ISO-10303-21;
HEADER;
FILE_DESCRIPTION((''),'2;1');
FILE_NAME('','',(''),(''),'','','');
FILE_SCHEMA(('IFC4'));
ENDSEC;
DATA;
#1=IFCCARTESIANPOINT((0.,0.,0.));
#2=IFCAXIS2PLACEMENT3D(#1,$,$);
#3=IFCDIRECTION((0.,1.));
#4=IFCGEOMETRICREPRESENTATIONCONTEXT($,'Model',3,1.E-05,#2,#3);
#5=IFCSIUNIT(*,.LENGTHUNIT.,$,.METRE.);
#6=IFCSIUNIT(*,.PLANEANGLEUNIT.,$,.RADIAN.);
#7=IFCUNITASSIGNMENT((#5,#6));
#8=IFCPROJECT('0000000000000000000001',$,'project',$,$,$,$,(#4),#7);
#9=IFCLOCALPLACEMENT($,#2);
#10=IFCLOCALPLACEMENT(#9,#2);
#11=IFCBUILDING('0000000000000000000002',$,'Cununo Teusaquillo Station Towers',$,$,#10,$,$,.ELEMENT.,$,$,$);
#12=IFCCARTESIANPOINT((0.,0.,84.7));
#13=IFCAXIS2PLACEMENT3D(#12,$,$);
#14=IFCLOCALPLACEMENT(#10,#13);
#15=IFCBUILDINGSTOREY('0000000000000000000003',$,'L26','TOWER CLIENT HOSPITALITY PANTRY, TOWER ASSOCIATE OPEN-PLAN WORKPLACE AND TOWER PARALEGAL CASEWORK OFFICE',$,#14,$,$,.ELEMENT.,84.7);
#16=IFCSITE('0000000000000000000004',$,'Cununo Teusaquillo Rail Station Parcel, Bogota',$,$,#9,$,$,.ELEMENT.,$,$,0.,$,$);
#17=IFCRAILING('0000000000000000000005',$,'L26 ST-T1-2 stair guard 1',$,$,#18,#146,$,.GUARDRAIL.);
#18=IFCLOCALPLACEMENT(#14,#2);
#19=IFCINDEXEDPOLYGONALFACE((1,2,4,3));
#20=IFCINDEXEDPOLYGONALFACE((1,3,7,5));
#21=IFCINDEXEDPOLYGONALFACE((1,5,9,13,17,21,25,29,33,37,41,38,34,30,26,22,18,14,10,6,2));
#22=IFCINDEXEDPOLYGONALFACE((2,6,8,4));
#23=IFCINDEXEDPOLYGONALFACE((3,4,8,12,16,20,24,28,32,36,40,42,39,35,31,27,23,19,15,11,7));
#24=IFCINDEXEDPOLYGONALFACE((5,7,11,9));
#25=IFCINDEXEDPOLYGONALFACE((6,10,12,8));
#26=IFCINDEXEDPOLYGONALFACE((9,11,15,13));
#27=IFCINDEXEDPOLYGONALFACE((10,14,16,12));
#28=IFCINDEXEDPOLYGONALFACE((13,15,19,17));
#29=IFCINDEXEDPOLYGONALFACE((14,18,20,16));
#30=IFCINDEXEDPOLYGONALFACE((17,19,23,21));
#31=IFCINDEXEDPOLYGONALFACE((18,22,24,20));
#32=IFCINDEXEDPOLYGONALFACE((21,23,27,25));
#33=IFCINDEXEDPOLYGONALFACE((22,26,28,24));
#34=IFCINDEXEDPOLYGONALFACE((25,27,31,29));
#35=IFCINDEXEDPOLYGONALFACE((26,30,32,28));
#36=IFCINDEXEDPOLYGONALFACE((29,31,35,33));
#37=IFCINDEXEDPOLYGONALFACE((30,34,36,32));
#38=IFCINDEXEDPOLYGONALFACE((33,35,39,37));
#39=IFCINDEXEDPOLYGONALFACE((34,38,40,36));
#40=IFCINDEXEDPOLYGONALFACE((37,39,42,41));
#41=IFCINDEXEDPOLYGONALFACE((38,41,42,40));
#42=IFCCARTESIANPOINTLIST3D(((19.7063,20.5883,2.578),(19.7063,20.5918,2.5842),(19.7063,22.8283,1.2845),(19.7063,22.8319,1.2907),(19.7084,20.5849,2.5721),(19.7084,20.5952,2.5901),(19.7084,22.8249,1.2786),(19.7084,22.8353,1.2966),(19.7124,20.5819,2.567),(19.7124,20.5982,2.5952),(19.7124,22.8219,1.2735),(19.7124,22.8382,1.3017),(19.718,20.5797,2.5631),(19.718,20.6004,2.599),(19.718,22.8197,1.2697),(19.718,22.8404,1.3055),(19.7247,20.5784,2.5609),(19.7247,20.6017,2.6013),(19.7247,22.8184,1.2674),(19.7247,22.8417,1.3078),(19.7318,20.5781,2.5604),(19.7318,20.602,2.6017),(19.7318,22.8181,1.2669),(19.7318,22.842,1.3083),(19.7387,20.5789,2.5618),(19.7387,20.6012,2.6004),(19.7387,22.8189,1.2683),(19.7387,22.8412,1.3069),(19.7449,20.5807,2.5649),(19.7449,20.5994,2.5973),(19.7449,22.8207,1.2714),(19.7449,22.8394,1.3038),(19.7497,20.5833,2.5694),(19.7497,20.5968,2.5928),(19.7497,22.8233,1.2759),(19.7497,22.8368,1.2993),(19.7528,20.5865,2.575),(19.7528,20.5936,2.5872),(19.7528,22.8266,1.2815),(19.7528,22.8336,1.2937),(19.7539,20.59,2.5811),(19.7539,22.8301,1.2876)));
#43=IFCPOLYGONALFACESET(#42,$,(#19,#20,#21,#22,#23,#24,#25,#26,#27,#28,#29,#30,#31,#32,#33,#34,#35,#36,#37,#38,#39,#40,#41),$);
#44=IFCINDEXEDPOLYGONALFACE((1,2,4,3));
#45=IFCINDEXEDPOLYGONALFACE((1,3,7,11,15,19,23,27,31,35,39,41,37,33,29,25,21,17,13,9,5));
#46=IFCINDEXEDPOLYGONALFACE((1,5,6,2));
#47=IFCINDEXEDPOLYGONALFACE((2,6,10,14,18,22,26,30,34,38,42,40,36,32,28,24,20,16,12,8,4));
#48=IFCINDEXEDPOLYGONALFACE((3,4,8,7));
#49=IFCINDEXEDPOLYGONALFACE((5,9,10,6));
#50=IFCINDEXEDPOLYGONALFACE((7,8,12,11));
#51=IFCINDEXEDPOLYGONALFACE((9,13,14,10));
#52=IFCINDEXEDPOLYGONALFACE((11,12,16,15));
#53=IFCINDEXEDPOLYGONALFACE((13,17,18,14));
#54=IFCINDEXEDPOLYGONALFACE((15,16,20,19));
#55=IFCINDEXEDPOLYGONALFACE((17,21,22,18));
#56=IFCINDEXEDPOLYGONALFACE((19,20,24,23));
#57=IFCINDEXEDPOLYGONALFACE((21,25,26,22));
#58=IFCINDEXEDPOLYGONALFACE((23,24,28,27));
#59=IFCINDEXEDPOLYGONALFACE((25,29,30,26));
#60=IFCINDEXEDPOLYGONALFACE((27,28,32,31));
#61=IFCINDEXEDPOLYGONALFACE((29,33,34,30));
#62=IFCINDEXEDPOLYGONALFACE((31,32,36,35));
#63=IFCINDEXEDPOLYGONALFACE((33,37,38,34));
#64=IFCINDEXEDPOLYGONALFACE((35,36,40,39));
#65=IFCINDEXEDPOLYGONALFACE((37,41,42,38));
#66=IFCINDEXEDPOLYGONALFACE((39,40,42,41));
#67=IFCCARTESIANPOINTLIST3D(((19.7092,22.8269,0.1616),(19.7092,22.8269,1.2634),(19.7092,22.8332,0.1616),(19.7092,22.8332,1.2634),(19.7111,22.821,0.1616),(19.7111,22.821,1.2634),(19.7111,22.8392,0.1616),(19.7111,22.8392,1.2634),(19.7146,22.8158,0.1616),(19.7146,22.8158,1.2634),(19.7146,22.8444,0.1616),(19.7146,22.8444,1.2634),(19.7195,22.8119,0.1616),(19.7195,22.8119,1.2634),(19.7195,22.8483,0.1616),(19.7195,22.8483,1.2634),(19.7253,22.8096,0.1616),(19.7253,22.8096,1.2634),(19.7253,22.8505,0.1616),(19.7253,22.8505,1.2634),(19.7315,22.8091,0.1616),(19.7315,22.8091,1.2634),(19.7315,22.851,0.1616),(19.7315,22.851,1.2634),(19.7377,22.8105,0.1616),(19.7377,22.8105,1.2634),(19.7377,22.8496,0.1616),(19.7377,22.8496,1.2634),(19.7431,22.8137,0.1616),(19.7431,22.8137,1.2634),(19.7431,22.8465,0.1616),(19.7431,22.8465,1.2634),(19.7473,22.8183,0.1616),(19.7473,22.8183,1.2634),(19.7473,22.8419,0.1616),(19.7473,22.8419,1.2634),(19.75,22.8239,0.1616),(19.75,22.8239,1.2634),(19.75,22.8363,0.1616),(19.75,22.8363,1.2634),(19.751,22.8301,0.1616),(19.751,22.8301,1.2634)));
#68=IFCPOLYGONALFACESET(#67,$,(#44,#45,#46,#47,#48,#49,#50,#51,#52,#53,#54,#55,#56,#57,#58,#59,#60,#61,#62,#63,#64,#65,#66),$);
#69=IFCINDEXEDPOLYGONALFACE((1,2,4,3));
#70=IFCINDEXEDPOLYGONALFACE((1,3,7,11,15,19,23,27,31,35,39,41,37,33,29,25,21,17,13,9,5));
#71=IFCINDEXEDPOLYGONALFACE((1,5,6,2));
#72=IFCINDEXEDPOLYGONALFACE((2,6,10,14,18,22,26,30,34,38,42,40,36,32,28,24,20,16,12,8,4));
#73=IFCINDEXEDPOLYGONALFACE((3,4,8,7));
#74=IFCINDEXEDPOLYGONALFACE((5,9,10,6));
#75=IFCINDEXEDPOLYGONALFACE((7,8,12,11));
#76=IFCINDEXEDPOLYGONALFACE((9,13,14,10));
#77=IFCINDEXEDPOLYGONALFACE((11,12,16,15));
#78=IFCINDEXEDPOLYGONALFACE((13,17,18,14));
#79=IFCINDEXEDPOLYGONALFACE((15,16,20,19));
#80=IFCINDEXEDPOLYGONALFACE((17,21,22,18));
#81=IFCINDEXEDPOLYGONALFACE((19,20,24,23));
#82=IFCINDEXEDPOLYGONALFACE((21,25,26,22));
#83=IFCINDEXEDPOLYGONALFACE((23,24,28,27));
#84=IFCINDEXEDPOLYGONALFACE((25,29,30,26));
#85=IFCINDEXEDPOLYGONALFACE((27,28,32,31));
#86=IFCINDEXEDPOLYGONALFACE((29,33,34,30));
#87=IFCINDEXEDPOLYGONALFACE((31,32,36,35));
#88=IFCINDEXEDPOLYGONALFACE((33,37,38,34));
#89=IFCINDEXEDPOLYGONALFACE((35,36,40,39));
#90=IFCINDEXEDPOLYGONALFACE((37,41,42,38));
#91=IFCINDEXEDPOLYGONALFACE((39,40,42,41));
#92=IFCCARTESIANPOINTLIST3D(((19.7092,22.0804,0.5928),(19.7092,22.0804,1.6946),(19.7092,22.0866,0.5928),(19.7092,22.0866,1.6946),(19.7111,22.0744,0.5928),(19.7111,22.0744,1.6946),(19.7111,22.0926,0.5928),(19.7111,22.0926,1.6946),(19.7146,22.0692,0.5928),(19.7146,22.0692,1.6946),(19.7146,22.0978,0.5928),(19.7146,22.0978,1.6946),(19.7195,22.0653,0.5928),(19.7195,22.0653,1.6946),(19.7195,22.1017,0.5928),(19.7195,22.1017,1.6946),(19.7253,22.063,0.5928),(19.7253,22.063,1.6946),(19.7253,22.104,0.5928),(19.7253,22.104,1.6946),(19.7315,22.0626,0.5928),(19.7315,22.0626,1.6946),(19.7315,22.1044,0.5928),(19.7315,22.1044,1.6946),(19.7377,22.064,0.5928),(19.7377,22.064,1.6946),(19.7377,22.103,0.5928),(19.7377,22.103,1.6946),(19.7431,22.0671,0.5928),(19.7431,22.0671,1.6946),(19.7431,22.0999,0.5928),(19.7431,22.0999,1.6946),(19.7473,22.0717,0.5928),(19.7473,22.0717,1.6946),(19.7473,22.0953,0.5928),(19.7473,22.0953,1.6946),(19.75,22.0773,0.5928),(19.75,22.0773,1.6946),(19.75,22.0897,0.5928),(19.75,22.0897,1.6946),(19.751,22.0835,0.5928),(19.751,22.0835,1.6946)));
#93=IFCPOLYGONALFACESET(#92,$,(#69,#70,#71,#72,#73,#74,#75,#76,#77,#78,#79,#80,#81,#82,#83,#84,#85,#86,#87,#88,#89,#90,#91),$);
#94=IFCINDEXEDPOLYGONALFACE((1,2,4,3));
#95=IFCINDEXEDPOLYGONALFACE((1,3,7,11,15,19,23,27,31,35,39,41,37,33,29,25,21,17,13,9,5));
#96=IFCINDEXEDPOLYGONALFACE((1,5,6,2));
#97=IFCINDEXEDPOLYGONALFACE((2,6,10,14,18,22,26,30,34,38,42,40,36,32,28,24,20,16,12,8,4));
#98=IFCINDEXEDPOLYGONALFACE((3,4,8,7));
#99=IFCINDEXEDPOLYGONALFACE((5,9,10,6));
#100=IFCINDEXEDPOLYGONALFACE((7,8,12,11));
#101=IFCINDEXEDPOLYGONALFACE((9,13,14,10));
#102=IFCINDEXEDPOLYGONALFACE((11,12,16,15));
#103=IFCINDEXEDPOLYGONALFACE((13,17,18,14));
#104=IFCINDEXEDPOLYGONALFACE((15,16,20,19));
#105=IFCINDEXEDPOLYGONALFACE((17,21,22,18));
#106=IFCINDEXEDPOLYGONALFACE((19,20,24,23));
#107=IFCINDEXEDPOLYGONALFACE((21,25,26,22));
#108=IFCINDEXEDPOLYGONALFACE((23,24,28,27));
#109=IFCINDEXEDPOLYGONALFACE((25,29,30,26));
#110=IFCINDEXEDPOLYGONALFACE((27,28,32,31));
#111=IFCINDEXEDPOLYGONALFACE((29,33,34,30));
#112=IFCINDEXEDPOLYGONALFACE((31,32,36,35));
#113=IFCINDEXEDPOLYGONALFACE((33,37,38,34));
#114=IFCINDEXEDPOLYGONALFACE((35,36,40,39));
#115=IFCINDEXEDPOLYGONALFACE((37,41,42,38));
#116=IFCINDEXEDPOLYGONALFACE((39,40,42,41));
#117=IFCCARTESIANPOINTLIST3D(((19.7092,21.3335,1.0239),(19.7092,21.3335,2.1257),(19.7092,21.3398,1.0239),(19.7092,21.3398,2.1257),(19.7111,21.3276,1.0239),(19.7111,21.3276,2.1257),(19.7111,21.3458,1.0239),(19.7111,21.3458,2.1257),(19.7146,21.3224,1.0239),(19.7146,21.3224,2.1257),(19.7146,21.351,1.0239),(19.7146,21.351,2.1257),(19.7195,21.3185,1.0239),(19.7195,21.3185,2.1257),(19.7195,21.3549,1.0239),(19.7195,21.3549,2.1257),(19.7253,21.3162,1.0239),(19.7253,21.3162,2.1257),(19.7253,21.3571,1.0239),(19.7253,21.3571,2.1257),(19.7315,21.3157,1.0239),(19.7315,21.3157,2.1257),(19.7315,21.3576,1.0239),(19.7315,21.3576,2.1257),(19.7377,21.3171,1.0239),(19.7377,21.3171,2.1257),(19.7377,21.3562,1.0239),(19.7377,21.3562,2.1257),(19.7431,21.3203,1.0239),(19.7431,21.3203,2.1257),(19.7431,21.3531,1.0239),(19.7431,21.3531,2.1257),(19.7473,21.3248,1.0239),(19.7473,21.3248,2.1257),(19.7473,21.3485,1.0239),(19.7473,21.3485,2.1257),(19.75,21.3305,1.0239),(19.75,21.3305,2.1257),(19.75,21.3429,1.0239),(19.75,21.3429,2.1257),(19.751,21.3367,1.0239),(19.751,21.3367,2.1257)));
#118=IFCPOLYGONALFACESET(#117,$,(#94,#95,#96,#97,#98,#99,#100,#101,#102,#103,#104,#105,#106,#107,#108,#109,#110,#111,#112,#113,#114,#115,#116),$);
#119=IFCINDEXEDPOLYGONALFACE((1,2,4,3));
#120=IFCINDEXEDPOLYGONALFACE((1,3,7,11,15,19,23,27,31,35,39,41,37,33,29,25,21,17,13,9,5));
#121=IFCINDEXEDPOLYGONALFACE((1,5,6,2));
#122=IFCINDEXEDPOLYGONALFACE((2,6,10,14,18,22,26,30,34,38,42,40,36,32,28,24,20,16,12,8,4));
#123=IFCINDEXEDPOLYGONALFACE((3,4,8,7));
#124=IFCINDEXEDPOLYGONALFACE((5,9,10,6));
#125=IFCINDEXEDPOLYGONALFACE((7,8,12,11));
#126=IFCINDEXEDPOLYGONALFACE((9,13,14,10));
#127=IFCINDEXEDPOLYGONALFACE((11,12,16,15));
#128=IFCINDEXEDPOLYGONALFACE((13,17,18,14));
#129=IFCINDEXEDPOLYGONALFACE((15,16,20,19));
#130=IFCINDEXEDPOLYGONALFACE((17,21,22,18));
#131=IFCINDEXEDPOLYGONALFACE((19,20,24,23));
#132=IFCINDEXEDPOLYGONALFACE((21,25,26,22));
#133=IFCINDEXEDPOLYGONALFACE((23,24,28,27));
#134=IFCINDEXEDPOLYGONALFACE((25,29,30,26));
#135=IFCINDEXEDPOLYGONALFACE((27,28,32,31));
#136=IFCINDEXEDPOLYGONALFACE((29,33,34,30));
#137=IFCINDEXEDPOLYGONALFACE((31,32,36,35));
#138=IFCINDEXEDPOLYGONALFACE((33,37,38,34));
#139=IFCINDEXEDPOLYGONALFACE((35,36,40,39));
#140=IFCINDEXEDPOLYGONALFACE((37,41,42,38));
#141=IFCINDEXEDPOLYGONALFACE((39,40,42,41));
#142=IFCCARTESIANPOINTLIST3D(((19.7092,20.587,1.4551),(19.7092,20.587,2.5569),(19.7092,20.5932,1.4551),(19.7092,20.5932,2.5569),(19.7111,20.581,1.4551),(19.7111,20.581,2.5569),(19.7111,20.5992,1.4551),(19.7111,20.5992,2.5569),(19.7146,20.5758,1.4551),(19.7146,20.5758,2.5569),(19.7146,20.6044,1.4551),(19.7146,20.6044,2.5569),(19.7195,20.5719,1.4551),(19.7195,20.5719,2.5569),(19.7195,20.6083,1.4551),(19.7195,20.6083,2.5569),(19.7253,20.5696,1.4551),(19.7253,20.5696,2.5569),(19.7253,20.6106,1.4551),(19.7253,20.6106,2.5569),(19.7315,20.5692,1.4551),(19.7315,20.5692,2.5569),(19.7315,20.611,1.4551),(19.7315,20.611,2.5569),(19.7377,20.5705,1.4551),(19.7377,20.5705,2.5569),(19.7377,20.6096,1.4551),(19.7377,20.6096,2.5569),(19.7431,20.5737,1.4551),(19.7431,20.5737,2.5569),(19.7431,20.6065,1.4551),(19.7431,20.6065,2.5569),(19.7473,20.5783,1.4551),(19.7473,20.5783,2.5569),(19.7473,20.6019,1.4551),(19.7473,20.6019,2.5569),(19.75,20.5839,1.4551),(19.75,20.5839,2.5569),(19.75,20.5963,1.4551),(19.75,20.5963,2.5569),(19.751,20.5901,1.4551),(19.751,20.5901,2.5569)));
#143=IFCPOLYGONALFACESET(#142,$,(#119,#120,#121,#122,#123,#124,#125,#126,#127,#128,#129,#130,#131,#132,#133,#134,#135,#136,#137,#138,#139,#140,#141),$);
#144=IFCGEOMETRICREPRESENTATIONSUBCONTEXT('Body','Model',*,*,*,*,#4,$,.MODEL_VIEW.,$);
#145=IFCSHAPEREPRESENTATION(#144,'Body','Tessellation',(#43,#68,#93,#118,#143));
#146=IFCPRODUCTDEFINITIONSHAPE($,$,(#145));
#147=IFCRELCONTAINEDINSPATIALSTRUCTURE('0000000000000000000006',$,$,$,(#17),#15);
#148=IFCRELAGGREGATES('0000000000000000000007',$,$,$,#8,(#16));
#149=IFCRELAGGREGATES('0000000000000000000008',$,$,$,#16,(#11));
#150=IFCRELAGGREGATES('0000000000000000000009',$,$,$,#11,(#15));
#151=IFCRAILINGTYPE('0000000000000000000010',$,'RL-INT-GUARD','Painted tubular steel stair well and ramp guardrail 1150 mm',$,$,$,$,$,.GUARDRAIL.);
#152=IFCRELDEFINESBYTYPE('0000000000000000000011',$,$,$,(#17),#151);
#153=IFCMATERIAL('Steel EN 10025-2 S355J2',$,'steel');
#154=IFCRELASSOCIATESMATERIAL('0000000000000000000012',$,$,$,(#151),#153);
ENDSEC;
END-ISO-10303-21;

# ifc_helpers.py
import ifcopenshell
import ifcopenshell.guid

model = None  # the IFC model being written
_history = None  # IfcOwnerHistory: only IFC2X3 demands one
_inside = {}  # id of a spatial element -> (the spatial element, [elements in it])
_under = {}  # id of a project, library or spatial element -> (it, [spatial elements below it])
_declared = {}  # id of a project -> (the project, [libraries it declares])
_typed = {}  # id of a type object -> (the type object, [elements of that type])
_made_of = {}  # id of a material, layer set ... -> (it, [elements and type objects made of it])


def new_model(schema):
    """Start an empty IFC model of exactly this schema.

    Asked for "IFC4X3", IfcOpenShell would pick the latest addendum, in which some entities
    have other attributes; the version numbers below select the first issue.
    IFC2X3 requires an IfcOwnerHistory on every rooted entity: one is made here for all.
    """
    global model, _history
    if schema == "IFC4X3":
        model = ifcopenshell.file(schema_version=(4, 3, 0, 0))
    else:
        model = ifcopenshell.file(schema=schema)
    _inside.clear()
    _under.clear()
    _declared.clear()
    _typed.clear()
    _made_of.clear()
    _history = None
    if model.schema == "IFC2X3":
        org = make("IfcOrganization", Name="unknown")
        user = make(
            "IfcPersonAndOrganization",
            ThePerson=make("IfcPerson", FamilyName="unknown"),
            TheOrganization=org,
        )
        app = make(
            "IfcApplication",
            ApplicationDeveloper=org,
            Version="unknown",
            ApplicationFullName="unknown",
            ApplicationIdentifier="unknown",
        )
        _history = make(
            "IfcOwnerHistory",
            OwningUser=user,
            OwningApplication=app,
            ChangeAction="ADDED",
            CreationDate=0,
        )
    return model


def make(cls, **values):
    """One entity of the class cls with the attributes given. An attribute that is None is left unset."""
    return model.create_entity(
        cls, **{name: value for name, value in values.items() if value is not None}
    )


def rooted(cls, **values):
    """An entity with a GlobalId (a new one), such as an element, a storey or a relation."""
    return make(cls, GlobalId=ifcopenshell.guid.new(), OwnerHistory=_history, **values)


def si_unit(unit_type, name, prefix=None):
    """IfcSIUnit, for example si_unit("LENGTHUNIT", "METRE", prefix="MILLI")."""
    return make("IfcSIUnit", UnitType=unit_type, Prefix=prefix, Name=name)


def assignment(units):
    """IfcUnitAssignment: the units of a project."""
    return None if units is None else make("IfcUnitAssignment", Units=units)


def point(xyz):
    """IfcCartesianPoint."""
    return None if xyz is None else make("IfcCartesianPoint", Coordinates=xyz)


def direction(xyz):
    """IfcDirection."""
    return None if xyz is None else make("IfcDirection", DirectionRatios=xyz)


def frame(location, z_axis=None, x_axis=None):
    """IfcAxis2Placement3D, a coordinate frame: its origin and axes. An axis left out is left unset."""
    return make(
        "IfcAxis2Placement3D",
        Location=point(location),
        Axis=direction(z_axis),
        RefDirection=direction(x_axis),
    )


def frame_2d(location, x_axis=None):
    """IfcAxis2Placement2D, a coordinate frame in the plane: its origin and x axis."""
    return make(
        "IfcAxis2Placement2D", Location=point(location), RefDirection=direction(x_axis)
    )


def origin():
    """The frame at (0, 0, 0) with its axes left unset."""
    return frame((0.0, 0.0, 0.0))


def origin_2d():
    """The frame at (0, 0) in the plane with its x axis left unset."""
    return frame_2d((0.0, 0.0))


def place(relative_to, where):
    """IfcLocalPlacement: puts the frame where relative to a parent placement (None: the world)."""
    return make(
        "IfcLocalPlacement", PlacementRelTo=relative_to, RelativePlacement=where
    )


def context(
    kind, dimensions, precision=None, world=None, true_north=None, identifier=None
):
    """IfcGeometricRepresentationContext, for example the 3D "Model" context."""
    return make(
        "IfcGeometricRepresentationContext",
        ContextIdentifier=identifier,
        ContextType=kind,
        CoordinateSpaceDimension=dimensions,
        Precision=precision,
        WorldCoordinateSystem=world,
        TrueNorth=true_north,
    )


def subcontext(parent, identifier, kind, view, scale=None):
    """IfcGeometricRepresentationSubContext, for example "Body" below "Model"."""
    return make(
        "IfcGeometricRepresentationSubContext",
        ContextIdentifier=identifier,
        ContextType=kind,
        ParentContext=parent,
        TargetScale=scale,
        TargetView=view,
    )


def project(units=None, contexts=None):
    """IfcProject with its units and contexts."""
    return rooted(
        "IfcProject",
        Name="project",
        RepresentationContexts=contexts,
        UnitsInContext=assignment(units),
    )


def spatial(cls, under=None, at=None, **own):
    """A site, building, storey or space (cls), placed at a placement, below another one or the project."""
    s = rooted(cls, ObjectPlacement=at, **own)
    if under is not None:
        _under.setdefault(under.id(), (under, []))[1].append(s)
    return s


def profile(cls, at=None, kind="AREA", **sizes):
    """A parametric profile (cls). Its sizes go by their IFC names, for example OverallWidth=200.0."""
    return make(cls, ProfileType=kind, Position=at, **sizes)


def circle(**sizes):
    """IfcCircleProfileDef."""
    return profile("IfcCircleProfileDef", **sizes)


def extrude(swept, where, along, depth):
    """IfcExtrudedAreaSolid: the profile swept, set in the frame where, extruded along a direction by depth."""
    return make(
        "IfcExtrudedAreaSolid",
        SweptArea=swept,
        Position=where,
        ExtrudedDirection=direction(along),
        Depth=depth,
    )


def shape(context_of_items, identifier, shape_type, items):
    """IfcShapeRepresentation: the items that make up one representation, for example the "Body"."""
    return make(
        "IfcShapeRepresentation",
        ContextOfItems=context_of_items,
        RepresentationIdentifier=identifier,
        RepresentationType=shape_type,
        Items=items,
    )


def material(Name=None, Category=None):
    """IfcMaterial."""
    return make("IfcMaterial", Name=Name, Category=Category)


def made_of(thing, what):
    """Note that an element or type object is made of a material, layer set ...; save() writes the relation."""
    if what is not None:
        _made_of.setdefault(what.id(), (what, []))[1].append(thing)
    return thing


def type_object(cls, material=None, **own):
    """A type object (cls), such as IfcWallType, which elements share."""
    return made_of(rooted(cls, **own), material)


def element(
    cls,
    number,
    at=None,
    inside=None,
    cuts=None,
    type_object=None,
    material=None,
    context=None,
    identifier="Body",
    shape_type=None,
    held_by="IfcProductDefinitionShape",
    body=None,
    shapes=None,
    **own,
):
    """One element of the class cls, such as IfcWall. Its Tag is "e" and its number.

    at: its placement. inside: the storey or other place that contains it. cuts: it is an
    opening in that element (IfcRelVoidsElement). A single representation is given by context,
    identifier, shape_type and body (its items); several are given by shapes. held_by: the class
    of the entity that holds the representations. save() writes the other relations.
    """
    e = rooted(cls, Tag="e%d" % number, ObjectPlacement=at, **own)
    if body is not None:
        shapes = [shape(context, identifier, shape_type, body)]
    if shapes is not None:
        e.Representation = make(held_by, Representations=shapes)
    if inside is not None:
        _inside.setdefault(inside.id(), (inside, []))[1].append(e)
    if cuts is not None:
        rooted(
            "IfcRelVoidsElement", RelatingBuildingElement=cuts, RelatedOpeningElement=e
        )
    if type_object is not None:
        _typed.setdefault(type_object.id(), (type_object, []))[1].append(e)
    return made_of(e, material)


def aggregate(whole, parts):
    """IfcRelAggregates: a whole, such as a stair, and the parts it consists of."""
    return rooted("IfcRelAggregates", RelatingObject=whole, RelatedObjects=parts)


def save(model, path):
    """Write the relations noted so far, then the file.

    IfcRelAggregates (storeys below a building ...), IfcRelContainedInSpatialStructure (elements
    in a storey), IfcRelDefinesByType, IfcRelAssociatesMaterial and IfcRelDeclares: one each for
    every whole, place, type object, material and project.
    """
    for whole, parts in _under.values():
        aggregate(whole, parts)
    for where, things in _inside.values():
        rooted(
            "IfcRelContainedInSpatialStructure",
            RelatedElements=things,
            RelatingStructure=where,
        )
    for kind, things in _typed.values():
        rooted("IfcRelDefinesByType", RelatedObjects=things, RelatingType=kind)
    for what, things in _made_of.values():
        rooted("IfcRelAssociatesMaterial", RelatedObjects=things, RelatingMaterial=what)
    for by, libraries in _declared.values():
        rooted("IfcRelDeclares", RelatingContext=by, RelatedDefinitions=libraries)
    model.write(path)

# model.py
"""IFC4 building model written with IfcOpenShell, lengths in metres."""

from ifc_helpers import new_model, si_unit, direction, frame, origin, origin_2d, place, context, subcontext, project, spatial, circle, extrude, material, type_object, element, save


model = new_model("IFC4")

# Units and contexts
model_context = context("Model", 3, precision=1e-05, world=origin(), true_north=direction((0.0, 1.0)))
body_context = subcontext(model_context, "Body", "Model", "MODEL_VIEW")
ifc_project = project(units=[si_unit("LENGTHUNIT", "METRE"), si_unit("PLANEANGLEUNIT", "RADIAN")], contexts=[model_context])

# Site, building, storey
site_placement = place(None, origin())
site = spatial("IfcSite", under=ifc_project, at=site_placement, Name="Cununo Teusaquillo Rail Station Parcel, Bogota", CompositionType="ELEMENT", RefElevation=0.0)
building_placement = place(site_placement, origin())
building = spatial("IfcBuilding", under=site, at=building_placement, Name="Cununo Teusaquillo Station Towers", CompositionType="ELEMENT")
storey_placement = place(building_placement, frame((0.0, 0.0, 84.7)))
storey = spatial("IfcBuildingStorey", under=building, at=storey_placement, Name="L26", Description="TOWER CLIENT HOSPITALITY PANTRY, TOWER ASSOCIATE OPEN-PLAN WORKPLACE AND TOWER PARALEGAL CASEWORK OFFICE", CompositionType="ELEMENT", Elevation=84.7)

# Railing
ifc_material_1 = material(Name="Steel EN 10025-2 S355J2", Category="steel")
railing_type_1 = type_object("IfcRailingType", Name="RL-INT-GUARD", Description="Painted tubular steel stair well and ramp guardrail 1150 mm", PredefinedType="GUARDRAIL", material=ifc_material_1)
railing_1_placement = place(storey_placement, frame((19.73, 22.8301, 0.1616)))
element("IfcRailing", 1, at=railing_1_placement, inside=storey, type_object=railing_type_1, Name="L26 ST-T1-2 stair guard 1", PredefinedType="GUARDRAIL", context=body_context, shape_type="SweptSolid", body=[
    extrude(circle(Radius=0.0239, at=origin_2d()), frame((0.0, 0.0, 1.126), z_axis=(0.0, -0.865992, 0.500057), x_axis=(1.0, 0.0, 0.0)), (0.0, 0.0, 1.0), 2.5867),
    extrude(circle(Radius=0.021, at=origin_2d()), origin(), (0.0, 0.0, 1.0), 1.1018),
    extrude(circle(Radius=0.021, at=origin_2d()), frame((0.0, -0.7466, 0.4312)), (0.0, 0.0, 1.0), 1.1018),
    extrude(circle(Radius=0.021, at=origin_2d()), frame((0.0, -1.4934, 0.8623)), (0.0, 0.0, 1.0), 1.1018),
    extrude(circle(Radius=0.021, at=origin_2d()), frame((0.0, -2.24, 1.2935)), (0.0, 0.0, 1.0), 1.1018),
])

save(model, "model.ifc")
